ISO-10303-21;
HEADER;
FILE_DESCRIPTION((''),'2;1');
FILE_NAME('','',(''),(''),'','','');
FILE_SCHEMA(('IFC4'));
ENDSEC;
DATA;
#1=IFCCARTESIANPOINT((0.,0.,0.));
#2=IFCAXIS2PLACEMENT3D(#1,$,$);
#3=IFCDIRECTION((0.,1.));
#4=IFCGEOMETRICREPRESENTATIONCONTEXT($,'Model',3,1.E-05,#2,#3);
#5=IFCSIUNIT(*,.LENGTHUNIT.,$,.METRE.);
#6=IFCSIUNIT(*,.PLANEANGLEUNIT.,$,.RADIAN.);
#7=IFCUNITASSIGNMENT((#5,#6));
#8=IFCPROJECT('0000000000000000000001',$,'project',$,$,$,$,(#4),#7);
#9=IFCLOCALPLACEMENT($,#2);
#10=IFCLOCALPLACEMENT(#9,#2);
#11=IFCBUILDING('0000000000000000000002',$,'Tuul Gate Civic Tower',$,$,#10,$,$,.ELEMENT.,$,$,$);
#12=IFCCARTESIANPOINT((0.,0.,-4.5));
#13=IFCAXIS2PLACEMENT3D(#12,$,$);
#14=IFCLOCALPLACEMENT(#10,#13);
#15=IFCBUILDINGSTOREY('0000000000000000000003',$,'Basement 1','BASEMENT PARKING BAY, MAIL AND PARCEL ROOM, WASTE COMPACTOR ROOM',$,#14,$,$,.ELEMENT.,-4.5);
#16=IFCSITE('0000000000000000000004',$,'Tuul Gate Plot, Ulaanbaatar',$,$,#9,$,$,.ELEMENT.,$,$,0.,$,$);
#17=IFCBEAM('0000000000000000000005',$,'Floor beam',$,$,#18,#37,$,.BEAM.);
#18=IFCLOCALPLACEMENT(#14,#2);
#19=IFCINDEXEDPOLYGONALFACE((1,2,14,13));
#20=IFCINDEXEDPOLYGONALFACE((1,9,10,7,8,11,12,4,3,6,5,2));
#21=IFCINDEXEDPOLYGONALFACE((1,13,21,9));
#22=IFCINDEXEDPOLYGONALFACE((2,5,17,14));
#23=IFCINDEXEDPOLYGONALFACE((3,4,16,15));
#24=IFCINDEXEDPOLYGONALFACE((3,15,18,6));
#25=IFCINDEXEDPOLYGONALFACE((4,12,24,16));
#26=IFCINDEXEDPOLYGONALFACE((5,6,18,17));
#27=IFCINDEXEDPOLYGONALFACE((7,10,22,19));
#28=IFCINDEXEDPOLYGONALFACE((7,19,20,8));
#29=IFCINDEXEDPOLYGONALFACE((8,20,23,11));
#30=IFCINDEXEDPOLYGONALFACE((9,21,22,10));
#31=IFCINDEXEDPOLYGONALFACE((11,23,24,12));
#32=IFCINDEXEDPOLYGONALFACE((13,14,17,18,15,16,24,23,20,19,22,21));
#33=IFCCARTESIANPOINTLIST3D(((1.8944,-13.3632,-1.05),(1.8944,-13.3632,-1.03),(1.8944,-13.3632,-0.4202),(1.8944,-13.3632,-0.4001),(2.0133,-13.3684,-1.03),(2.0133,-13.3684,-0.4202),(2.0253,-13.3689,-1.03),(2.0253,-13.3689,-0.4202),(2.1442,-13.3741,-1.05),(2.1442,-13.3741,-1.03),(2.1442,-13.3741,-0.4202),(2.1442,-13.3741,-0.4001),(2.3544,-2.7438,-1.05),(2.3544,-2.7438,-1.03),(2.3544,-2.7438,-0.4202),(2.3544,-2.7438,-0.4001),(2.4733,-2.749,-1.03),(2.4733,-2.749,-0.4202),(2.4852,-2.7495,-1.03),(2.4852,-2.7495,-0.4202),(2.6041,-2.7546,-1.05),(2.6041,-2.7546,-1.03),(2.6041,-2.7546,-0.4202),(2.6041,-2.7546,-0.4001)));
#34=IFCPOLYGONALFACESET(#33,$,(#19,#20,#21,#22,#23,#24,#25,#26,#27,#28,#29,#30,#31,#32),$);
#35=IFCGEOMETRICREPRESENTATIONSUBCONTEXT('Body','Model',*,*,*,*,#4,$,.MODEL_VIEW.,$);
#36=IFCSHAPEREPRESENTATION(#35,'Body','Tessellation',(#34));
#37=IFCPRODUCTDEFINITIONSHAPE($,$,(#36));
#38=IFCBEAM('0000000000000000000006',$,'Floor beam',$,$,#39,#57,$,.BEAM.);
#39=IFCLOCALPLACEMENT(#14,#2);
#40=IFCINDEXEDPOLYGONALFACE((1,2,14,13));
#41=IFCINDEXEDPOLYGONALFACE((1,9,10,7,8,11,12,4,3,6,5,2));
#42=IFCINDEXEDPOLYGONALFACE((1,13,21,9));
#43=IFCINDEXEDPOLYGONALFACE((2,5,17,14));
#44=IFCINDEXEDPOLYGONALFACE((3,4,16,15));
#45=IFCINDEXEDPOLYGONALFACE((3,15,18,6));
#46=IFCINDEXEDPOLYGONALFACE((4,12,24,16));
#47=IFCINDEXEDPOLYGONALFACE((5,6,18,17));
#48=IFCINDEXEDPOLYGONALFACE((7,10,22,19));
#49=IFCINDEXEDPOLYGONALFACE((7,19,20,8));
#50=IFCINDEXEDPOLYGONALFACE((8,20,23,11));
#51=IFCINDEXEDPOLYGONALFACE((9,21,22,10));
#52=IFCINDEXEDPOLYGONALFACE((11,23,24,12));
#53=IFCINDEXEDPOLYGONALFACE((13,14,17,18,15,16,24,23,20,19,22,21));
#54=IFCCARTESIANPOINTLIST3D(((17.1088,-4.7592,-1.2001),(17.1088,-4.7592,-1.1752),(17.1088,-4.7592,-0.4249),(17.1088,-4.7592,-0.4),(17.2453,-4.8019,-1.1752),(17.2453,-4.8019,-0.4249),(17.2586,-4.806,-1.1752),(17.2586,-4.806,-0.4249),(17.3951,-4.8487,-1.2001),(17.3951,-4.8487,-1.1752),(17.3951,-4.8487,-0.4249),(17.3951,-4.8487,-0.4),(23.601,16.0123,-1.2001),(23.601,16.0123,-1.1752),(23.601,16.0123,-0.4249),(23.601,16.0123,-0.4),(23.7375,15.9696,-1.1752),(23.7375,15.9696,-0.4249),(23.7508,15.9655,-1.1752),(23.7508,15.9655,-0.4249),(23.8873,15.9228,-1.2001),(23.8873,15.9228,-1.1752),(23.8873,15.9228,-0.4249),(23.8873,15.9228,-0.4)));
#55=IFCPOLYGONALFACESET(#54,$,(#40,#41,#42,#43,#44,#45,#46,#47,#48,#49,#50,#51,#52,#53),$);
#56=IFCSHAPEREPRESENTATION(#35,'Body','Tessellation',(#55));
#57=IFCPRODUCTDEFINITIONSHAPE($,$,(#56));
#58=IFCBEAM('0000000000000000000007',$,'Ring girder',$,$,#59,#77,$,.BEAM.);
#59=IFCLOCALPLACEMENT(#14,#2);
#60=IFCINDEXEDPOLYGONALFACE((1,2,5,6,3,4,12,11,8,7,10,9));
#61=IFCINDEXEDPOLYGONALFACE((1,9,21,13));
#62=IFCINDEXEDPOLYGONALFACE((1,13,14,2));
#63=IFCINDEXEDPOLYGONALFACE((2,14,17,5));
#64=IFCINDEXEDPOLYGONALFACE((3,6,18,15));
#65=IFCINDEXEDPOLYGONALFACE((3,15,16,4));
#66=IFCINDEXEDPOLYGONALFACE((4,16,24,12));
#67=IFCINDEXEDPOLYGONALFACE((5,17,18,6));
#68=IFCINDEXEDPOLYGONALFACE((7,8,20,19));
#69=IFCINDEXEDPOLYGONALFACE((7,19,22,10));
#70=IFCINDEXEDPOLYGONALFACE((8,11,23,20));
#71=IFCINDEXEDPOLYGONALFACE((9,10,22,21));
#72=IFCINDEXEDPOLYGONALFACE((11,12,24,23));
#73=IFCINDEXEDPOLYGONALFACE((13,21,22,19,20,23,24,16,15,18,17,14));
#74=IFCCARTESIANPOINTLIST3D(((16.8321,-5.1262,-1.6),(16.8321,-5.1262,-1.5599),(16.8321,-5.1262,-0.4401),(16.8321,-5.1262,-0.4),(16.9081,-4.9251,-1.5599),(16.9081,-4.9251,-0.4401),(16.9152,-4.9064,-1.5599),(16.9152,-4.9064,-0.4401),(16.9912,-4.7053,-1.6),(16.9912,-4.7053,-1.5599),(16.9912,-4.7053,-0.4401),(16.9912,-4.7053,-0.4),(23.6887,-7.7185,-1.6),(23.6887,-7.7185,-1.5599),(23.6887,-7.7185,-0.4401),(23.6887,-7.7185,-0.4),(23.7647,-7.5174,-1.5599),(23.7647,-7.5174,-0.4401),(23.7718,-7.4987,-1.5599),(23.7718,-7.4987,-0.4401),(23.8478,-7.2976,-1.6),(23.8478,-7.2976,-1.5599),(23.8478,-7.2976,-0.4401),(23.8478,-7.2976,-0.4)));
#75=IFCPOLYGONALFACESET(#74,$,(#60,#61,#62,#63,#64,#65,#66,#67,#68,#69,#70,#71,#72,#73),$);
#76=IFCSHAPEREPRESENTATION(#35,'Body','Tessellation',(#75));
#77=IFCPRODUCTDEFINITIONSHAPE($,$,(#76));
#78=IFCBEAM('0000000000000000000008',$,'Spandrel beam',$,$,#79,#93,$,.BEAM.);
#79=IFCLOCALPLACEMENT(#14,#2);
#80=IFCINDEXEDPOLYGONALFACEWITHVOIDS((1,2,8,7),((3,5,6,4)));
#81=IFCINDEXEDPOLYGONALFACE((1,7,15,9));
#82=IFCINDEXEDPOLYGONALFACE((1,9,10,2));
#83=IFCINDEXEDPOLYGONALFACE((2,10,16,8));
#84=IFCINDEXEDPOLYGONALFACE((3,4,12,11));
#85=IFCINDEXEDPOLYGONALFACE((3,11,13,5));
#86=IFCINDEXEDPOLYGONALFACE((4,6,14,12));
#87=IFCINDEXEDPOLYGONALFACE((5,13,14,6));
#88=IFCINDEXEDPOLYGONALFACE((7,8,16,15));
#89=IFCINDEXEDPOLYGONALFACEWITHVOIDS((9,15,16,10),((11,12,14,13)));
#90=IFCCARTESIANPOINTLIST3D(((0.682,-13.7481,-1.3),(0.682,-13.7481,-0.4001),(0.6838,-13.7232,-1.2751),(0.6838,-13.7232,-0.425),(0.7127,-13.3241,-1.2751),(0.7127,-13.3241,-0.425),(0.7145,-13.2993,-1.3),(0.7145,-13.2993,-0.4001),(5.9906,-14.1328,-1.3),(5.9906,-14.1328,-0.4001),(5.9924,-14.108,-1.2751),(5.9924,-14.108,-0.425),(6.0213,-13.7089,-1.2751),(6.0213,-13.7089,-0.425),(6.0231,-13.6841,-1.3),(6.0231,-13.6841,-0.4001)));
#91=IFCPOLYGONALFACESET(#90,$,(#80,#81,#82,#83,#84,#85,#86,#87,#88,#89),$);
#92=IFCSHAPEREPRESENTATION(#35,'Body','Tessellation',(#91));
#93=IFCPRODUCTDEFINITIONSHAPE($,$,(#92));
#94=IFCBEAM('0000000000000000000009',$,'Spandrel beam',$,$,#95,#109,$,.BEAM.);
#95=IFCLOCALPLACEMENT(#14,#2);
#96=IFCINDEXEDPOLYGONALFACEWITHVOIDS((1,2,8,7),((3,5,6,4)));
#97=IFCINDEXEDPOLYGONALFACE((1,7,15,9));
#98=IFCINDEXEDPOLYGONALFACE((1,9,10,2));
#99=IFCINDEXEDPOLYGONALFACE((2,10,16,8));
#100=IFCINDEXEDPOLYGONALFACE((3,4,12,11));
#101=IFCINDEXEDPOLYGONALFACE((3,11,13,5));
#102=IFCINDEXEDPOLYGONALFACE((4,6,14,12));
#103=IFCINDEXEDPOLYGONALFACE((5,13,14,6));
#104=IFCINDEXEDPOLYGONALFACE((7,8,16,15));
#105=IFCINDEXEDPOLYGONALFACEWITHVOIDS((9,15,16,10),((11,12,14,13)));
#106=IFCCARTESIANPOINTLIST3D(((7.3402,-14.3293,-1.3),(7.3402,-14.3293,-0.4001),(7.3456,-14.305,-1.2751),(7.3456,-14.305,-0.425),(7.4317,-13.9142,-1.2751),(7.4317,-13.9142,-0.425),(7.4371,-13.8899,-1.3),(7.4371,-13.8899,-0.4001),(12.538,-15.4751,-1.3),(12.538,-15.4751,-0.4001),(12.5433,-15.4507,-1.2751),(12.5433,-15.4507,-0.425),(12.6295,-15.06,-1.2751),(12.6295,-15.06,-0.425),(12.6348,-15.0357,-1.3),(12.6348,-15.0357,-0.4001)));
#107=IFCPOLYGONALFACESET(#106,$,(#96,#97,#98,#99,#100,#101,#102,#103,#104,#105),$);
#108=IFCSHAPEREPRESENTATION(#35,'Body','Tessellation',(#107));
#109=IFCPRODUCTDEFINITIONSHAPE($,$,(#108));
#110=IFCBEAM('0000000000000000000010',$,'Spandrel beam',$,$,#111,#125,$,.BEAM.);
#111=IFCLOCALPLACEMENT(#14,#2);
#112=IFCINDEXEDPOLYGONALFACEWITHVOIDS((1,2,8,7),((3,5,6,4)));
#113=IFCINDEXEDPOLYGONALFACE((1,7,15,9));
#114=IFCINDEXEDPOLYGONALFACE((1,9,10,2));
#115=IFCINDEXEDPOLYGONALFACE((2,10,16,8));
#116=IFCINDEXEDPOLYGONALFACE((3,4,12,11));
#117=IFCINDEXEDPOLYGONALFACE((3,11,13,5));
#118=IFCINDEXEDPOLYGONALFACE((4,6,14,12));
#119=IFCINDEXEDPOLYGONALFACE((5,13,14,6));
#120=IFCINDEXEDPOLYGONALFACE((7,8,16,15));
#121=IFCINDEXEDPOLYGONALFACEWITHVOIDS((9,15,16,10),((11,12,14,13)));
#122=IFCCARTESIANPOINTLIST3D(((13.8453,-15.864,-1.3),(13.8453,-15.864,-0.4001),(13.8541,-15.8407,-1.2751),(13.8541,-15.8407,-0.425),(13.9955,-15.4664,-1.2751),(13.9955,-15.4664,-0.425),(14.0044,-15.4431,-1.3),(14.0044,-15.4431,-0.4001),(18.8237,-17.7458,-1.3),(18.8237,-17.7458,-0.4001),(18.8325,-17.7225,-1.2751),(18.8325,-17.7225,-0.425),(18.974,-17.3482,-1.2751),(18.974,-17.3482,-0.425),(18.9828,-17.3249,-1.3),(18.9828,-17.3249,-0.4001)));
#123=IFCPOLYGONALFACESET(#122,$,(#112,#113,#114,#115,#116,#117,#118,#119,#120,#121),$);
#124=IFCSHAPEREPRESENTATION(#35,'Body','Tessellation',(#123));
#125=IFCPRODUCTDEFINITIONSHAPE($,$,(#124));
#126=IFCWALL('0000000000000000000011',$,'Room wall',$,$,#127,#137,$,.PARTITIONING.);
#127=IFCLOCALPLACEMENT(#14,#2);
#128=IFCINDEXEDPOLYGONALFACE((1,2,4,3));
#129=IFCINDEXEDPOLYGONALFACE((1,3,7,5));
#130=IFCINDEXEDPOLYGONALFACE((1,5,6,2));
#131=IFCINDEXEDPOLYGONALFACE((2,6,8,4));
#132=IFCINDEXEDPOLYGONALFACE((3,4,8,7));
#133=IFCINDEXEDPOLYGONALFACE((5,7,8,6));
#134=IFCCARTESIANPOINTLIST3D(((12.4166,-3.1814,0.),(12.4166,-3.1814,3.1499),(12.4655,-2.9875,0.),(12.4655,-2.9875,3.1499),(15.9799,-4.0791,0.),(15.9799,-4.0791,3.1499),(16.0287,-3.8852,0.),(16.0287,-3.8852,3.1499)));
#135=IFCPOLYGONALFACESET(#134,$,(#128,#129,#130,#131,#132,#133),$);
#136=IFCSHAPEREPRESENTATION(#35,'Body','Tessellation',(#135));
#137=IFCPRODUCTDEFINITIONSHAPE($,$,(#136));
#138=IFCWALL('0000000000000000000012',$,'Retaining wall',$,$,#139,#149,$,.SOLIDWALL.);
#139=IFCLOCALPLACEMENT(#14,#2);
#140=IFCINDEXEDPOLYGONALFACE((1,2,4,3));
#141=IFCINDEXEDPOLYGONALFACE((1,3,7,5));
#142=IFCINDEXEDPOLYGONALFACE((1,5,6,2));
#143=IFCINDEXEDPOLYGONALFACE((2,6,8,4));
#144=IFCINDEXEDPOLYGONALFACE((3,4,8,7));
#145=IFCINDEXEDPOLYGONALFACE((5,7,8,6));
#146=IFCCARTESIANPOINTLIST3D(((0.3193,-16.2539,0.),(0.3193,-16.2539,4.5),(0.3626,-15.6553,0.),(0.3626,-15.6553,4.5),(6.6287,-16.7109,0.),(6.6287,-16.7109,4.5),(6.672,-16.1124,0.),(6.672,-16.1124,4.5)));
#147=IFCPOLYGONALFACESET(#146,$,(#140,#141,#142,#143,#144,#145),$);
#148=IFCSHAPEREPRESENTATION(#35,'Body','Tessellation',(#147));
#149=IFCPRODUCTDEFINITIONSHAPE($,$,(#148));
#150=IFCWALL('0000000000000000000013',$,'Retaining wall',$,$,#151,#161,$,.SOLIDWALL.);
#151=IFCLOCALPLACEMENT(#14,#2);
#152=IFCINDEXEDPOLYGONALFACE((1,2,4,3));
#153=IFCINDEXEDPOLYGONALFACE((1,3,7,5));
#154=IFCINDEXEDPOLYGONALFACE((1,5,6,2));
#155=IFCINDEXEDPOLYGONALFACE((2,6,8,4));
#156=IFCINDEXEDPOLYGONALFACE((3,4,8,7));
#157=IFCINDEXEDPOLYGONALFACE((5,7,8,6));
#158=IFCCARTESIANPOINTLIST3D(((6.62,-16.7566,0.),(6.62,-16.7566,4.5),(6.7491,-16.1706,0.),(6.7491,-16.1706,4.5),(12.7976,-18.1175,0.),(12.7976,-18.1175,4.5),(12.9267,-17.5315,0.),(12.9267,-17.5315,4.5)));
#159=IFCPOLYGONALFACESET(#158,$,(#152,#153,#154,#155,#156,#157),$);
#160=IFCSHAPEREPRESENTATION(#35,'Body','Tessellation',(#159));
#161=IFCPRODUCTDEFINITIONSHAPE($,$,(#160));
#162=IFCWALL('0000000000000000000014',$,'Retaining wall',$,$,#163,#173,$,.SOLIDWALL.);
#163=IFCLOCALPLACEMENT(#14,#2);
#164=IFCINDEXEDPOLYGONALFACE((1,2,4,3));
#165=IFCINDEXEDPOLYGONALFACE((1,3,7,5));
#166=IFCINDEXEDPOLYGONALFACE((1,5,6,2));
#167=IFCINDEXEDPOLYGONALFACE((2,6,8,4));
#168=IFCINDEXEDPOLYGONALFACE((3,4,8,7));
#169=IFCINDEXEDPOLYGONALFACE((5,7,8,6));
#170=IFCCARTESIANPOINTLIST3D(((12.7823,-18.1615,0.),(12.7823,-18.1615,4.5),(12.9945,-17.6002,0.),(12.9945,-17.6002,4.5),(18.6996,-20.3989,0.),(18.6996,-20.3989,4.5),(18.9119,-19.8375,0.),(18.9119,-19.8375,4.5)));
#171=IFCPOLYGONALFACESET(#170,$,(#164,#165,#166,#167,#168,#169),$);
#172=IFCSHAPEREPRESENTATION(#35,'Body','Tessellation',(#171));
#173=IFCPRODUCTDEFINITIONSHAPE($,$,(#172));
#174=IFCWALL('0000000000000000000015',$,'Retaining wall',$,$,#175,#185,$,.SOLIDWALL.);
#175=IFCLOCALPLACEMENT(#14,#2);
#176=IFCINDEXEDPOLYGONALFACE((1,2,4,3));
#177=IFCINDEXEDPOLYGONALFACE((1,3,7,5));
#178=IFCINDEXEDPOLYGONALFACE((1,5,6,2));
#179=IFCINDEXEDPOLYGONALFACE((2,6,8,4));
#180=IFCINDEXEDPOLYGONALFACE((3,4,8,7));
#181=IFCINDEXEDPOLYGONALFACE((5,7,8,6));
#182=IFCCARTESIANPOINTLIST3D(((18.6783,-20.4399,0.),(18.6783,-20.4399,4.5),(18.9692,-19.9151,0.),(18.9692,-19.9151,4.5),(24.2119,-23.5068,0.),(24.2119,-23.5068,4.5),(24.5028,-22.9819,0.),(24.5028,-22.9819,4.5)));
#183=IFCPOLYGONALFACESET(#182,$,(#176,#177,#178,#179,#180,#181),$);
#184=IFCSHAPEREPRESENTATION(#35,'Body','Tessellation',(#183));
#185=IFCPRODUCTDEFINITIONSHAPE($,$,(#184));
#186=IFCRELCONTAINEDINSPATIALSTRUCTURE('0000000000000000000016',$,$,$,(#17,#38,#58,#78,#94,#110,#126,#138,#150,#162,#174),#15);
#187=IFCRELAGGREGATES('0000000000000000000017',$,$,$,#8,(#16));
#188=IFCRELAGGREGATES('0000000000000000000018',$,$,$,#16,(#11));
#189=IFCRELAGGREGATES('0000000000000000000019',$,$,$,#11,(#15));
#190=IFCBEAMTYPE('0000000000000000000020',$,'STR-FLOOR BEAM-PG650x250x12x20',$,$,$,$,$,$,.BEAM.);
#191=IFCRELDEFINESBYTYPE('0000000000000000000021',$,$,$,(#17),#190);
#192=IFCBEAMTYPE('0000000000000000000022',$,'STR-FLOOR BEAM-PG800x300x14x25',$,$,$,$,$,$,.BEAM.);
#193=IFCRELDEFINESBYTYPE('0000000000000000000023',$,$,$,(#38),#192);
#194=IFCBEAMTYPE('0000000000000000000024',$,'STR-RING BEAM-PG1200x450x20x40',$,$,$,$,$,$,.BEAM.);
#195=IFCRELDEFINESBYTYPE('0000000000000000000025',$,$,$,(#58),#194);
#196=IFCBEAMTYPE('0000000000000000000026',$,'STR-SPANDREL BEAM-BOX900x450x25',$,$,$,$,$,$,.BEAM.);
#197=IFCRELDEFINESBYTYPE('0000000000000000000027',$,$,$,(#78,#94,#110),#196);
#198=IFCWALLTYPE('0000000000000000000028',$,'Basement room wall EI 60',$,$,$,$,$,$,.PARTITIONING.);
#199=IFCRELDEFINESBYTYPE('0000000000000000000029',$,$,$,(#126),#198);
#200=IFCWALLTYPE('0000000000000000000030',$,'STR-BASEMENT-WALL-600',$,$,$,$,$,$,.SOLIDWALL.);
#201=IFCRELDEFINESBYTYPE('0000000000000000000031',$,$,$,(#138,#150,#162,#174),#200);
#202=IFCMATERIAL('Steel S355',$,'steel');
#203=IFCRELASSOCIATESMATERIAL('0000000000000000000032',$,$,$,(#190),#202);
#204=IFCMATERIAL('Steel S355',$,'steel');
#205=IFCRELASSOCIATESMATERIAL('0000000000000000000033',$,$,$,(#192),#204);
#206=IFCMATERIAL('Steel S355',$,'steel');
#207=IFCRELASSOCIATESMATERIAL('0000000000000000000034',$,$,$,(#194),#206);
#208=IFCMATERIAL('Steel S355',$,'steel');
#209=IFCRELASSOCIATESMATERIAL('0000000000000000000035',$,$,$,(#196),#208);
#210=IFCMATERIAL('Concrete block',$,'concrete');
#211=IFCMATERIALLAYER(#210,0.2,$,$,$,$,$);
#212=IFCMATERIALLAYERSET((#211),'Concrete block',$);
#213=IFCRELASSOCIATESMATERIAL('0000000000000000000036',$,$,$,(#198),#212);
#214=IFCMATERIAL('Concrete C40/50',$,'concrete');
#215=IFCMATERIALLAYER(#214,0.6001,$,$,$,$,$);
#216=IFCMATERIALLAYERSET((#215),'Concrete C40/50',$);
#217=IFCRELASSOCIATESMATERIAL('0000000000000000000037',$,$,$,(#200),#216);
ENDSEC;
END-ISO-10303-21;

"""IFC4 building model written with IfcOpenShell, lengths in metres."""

from ifc_helpers import new_model, si_unit, direction, frame, frame_2d, origin, origin_2d, place, context, subcontext, project, spatial, rectangle, hollow_rectangle, i_section, extrude, material, layer, layer_set, material_profile, profile_set, type_object, element, save


model = new_model("IFC4")

# Units and contexts
model_context = context("Model", 3, precision=1e-05, world=origin(), true_north=direction((0.0, 1.0)))
body_context = subcontext(model_context, "Body", "Model", "MODEL_VIEW")
ifc_project = project(units=[si_unit("LENGTHUNIT", "METRE"), si_unit("PLANEANGLEUNIT", "RADIAN")], contexts=[model_context])

# Site, building, storey
site_placement = place(None, origin())
site = spatial("IfcSite", under=ifc_project, at=site_placement, Name="Tuul Gate Plot, Ulaanbaatar", CompositionType="ELEMENT", RefElevation=0.0)
building_placement = place(site_placement, origin())
building = spatial("IfcBuilding", under=site, at=building_placement, Name="Tuul Gate Civic Tower", CompositionType="ELEMENT")
storey_placement = place(building_placement, frame((0.0, 0.0, -4.5)))
storey = spatial("IfcBuildingStorey", under=building, at=storey_placement, Name="Basement 1", Description="BASEMENT PARKING BAY, MAIL AND PARCEL ROOM, WASTE COMPACTOR ROOM", CompositionType="ELEMENT", Elevation=-4.5)

# Beams
ifc_material_1 = material(Name="Steel S355", Category="steel")
ifc_material_profile_1 = material_profile(ifc_material_1, i_section(OverallWidth=0.25, OverallDepth=0.6499, WebThickness=0.012, FlangeThickness=0.02, at=origin_2d()), Name="PG650x250x12x20")
ifc_profile_set_1 = profile_set([ifc_material_profile_1], Name="Steel S355")
beam_type_1 = type_object("IfcBeamType", Name="STR-FLOOR BEAM-PG650x250x12x20", PredefinedType="BEAM", material=ifc_profile_set_1)
beam_1_placement = place(storey_placement, frame((2.0193, -13.3687, -0.7251), z_axis=(0.043273, 0.999063, 0.0), x_axis=(-0.999063, 0.043273, 0.0)))
element("IfcBeam", 1, at=beam_1_placement, inside=storey, type_object=beam_type_1, Name="Floor beam", PredefinedType="BEAM", context=body_context, shape_type="SweptSolid", body=[
    extrude(i_section(OverallWidth=0.25, OverallDepth=0.6499, WebThickness=0.012, FlangeThickness=0.02, at=origin_2d()), origin(), (0.0, 0.0, 1.0), 10.6294),
])
ifc_material_2 = material(Name="Steel S355", Category="steel")
ifc_material_profile_2 = material_profile(ifc_material_2, i_section(OverallWidth=0.3, OverallDepth=0.8, WebThickness=0.0139, FlangeThickness=0.0249, at=origin_2d()), Name="PG800x300x14x25")
ifc_profile_set_2 = profile_set([ifc_material_profile_2], Name="Steel S355")
beam_type_2 = type_object("IfcBeamType", Name="STR-FLOOR BEAM-PG800x300x14x25", PredefinedType="BEAM", material=ifc_profile_set_2)
beam_2_placement = place(storey_placement, frame((17.252, -4.804, -0.8), z_axis=(0.298321, 0.954466, 0.0), x_axis=(-0.954466, 0.298321, 0.0)))
element("IfcBeam", 2, at=beam_2_placement, inside=storey, type_object=beam_type_2, Name="Floor beam", PredefinedType="BEAM", context=body_context, shape_type="SweptSolid", body=[
    extrude(i_section(OverallWidth=0.3, OverallDepth=0.8, WebThickness=0.0139, FlangeThickness=0.0249, at=origin_2d()), origin(), (0.0, 0.0, 1.0), 21.7625),
])
ifc_material_3 = material(Name="Steel S355", Category="steel")
ifc_material_profile_3 = material_profile(ifc_material_3, i_section(OverallWidth=0.45, OverallDepth=1.2, WebThickness=0.02, FlangeThickness=0.04, at=origin_2d()), Name="PG1200x450x20x40")
ifc_profile_set_3 = profile_set([ifc_material_profile_3], Name="Steel S355")
beam_type_3 = type_object("IfcBeamType", Name="STR-RING BEAM-PG1200x450x20x40", PredefinedType="BEAM", material=ifc_profile_set_3)
beam_3_placement = place(storey_placement, frame((16.9116, -4.9158, -1.0), z_axis=(0.935383, -0.353637, 0.0), x_axis=(0.353637, 0.935383, 0.0)))
element("IfcBeam", 3, at=beam_3_placement, inside=storey, type_object=beam_type_3, Name="Ring girder", PredefinedType="BEAM", context=body_context, shape_type="SweptSolid", body=[
    extrude(i_section(OverallWidth=0.45, OverallDepth=1.2, WebThickness=0.02, FlangeThickness=0.04, at=origin_2d()), origin(), (0.0, 0.0, 1.0), 7.3303),
])
ifc_material_4 = material(Name="Steel S355", Category="steel")
ifc_material_profile_4 = material_profile(ifc_material_4, hollow_rectangle(XDim=0.45, YDim=0.8999, WallThickness=0.0249, at=origin_2d()), Name="BOX900x450x25")
ifc_profile_set_4 = profile_set([ifc_material_profile_4], Name="Steel S355")
beam_type_4 = type_object("IfcBeamType", Name="STR-SPANDREL BEAM-BOX900x450x25", PredefinedType="BEAM", material=ifc_profile_set_4)
for number, where, z_axis, x_axis, name in (
    (4, (0.6982, -13.5237, -0.8501), (0.997384, -0.07229, 0.0), (0.07229, 0.997384, 0.0), "Spandrel beam"),
    (5, (7.3887, -14.1096, -0.8501), (0.976556, -0.215264, 0.0), (0.215264, 0.976556, 0.0), "Spandrel beam"),
):
    element("IfcBeam", number, at=place(storey_placement, frame(where, z_axis=z_axis, x_axis=x_axis)), inside=storey, type_object=beam_type_4, Name=name, PredefinedType="BEAM", context=body_context, shape_type="SweptSolid", body=[
        extrude(hollow_rectangle(XDim=0.45, YDim=0.8999, WallThickness=0.0249, at=origin_2d()), origin(), (0.0, 0.0, 1.0), 5.3225),
    ])
beam_4_placement = place(storey_placement, frame((13.9248, -15.6536, -0.8501), z_axis=(0.935406, -0.353575, 0.0), x_axis=(0.353575, 0.935406, 0.0)))
element("IfcBeam", 6, at=beam_4_placement, inside=storey, type_object=beam_type_4, Name="Spandrel beam", PredefinedType="BEAM", context=body_context, shape_type="SweptSolid", body=[
    extrude(hollow_rectangle(XDim=0.45, YDim=0.8999, WallThickness=0.0249, at=origin_2d()), origin(), (0.0, 0.0, 1.0), 5.3223),
])

# Walls
ifc_material_5 = material(Name="Concrete block", Category="concrete")
ifc_layer_1 = layer(ifc_material_5, 0.2)
ifc_layer_set_1 = layer_set([ifc_layer_1], Name="Concrete block")
wall_type_1 = type_object("IfcWallType", Name="Basement room wall EI 60", PredefinedType="PARTITIONING", material=ifc_layer_set_1)
wall_1_placement = place(storey_placement, frame((16.0044, -3.9822, 0.0), z_axis=(0.0, 0.0, 1.0), x_axis=(-0.969699, 0.244302, 0.0)))
element("IfcWall", 7, at=wall_1_placement, inside=storey, type_object=wall_type_1, Name="Room wall", PredefinedType="PARTITIONING", context=body_context, shape_type="SweptSolid", body=[
    extrude(rectangle(XDim=3.6746, YDim=0.2, at=frame_2d((1.8374, 0.0))), origin(), (0.0, 0.0, 1.0), 3.1499),
])
ifc_material_6 = material(Name="Concrete C40/50", Category="concrete")
ifc_layer_2 = layer(ifc_material_6, 0.6001)
ifc_layer_set_2 = layer_set([ifc_layer_2], Name="Concrete C40/50")
wall_type_2 = type_object("IfcWallType", Name="STR-BASEMENT-WALL-600", PredefinedType="SOLIDWALL", material=ifc_layer_set_2)
wall_2_placement = place(storey_placement, frame((0.3408, -15.9546, 0.0), z_axis=(0.0, 0.0, 1.0), x_axis=(0.997387, -0.072248, 0.0)))
element("IfcWall", 8, at=wall_2_placement, inside=storey, type_object=wall_type_2, Name="Retaining wall", PredefinedType="SOLIDWALL", context=body_context, shape_type="SweptSolid", body=[
    extrude(rectangle(XDim=6.3259, YDim=0.6001, at=frame_2d((3.1631, 0.0))), origin(), (0.0, 0.0, 1.0), 4.5),
])
wall_3_placement = place(storey_placement, frame((6.6846, -16.4636, 0.0), z_axis=(0.0, 0.0, 1.0), x_axis=(0.976585, -0.215132, 0.0)))
element("IfcWall", 9, at=wall_3_placement, inside=storey, type_object=wall_type_2, Name="Retaining wall", PredefinedType="SOLIDWALL", context=body_context, shape_type="SweptSolid", body=[
    extrude(rectangle(XDim=6.3257, YDim=0.6001, at=frame_2d((3.1628, 0.0))), origin(), (0.0, 0.0, 1.0), 4.5),
])
wall_4_placement = place(storey_placement, frame((12.8884, -17.8809, 0.0), z_axis=(0.0, 0.0, 1.0), x_axis=(0.935373, -0.353664, 0.0)))
element("IfcWall", 10, at=wall_4_placement, inside=storey, type_object=wall_type_2, Name="Retaining wall", PredefinedType="SOLIDWALL", context=body_context, shape_type="SweptSolid", body=[
    extrude(rectangle(XDim=6.3262, YDim=0.6001, at=frame_2d((3.1631, 0.0))), origin(), (0.0, 0.0, 1.0), 4.5),
])
wall_5_placement = place(storey_placement, frame((18.8237, -20.1775, 0.0), z_axis=(0.0, 0.0, 1.0), x_axis=(0.874652, -0.484751, 0.0)))
element("IfcWall", 11, at=wall_5_placement, inside=storey, type_object=wall_type_2, Name="Retaining wall", PredefinedType="SOLIDWALL", context=body_context, shape_type="SweptSolid", body=[
    extrude(rectangle(XDim=6.3267, YDim=0.6001, at=frame_2d((3.1633, 0.0))), origin(), (0.0, 0.0, 1.0), 4.5),
])

save(model, "model.ifc")
